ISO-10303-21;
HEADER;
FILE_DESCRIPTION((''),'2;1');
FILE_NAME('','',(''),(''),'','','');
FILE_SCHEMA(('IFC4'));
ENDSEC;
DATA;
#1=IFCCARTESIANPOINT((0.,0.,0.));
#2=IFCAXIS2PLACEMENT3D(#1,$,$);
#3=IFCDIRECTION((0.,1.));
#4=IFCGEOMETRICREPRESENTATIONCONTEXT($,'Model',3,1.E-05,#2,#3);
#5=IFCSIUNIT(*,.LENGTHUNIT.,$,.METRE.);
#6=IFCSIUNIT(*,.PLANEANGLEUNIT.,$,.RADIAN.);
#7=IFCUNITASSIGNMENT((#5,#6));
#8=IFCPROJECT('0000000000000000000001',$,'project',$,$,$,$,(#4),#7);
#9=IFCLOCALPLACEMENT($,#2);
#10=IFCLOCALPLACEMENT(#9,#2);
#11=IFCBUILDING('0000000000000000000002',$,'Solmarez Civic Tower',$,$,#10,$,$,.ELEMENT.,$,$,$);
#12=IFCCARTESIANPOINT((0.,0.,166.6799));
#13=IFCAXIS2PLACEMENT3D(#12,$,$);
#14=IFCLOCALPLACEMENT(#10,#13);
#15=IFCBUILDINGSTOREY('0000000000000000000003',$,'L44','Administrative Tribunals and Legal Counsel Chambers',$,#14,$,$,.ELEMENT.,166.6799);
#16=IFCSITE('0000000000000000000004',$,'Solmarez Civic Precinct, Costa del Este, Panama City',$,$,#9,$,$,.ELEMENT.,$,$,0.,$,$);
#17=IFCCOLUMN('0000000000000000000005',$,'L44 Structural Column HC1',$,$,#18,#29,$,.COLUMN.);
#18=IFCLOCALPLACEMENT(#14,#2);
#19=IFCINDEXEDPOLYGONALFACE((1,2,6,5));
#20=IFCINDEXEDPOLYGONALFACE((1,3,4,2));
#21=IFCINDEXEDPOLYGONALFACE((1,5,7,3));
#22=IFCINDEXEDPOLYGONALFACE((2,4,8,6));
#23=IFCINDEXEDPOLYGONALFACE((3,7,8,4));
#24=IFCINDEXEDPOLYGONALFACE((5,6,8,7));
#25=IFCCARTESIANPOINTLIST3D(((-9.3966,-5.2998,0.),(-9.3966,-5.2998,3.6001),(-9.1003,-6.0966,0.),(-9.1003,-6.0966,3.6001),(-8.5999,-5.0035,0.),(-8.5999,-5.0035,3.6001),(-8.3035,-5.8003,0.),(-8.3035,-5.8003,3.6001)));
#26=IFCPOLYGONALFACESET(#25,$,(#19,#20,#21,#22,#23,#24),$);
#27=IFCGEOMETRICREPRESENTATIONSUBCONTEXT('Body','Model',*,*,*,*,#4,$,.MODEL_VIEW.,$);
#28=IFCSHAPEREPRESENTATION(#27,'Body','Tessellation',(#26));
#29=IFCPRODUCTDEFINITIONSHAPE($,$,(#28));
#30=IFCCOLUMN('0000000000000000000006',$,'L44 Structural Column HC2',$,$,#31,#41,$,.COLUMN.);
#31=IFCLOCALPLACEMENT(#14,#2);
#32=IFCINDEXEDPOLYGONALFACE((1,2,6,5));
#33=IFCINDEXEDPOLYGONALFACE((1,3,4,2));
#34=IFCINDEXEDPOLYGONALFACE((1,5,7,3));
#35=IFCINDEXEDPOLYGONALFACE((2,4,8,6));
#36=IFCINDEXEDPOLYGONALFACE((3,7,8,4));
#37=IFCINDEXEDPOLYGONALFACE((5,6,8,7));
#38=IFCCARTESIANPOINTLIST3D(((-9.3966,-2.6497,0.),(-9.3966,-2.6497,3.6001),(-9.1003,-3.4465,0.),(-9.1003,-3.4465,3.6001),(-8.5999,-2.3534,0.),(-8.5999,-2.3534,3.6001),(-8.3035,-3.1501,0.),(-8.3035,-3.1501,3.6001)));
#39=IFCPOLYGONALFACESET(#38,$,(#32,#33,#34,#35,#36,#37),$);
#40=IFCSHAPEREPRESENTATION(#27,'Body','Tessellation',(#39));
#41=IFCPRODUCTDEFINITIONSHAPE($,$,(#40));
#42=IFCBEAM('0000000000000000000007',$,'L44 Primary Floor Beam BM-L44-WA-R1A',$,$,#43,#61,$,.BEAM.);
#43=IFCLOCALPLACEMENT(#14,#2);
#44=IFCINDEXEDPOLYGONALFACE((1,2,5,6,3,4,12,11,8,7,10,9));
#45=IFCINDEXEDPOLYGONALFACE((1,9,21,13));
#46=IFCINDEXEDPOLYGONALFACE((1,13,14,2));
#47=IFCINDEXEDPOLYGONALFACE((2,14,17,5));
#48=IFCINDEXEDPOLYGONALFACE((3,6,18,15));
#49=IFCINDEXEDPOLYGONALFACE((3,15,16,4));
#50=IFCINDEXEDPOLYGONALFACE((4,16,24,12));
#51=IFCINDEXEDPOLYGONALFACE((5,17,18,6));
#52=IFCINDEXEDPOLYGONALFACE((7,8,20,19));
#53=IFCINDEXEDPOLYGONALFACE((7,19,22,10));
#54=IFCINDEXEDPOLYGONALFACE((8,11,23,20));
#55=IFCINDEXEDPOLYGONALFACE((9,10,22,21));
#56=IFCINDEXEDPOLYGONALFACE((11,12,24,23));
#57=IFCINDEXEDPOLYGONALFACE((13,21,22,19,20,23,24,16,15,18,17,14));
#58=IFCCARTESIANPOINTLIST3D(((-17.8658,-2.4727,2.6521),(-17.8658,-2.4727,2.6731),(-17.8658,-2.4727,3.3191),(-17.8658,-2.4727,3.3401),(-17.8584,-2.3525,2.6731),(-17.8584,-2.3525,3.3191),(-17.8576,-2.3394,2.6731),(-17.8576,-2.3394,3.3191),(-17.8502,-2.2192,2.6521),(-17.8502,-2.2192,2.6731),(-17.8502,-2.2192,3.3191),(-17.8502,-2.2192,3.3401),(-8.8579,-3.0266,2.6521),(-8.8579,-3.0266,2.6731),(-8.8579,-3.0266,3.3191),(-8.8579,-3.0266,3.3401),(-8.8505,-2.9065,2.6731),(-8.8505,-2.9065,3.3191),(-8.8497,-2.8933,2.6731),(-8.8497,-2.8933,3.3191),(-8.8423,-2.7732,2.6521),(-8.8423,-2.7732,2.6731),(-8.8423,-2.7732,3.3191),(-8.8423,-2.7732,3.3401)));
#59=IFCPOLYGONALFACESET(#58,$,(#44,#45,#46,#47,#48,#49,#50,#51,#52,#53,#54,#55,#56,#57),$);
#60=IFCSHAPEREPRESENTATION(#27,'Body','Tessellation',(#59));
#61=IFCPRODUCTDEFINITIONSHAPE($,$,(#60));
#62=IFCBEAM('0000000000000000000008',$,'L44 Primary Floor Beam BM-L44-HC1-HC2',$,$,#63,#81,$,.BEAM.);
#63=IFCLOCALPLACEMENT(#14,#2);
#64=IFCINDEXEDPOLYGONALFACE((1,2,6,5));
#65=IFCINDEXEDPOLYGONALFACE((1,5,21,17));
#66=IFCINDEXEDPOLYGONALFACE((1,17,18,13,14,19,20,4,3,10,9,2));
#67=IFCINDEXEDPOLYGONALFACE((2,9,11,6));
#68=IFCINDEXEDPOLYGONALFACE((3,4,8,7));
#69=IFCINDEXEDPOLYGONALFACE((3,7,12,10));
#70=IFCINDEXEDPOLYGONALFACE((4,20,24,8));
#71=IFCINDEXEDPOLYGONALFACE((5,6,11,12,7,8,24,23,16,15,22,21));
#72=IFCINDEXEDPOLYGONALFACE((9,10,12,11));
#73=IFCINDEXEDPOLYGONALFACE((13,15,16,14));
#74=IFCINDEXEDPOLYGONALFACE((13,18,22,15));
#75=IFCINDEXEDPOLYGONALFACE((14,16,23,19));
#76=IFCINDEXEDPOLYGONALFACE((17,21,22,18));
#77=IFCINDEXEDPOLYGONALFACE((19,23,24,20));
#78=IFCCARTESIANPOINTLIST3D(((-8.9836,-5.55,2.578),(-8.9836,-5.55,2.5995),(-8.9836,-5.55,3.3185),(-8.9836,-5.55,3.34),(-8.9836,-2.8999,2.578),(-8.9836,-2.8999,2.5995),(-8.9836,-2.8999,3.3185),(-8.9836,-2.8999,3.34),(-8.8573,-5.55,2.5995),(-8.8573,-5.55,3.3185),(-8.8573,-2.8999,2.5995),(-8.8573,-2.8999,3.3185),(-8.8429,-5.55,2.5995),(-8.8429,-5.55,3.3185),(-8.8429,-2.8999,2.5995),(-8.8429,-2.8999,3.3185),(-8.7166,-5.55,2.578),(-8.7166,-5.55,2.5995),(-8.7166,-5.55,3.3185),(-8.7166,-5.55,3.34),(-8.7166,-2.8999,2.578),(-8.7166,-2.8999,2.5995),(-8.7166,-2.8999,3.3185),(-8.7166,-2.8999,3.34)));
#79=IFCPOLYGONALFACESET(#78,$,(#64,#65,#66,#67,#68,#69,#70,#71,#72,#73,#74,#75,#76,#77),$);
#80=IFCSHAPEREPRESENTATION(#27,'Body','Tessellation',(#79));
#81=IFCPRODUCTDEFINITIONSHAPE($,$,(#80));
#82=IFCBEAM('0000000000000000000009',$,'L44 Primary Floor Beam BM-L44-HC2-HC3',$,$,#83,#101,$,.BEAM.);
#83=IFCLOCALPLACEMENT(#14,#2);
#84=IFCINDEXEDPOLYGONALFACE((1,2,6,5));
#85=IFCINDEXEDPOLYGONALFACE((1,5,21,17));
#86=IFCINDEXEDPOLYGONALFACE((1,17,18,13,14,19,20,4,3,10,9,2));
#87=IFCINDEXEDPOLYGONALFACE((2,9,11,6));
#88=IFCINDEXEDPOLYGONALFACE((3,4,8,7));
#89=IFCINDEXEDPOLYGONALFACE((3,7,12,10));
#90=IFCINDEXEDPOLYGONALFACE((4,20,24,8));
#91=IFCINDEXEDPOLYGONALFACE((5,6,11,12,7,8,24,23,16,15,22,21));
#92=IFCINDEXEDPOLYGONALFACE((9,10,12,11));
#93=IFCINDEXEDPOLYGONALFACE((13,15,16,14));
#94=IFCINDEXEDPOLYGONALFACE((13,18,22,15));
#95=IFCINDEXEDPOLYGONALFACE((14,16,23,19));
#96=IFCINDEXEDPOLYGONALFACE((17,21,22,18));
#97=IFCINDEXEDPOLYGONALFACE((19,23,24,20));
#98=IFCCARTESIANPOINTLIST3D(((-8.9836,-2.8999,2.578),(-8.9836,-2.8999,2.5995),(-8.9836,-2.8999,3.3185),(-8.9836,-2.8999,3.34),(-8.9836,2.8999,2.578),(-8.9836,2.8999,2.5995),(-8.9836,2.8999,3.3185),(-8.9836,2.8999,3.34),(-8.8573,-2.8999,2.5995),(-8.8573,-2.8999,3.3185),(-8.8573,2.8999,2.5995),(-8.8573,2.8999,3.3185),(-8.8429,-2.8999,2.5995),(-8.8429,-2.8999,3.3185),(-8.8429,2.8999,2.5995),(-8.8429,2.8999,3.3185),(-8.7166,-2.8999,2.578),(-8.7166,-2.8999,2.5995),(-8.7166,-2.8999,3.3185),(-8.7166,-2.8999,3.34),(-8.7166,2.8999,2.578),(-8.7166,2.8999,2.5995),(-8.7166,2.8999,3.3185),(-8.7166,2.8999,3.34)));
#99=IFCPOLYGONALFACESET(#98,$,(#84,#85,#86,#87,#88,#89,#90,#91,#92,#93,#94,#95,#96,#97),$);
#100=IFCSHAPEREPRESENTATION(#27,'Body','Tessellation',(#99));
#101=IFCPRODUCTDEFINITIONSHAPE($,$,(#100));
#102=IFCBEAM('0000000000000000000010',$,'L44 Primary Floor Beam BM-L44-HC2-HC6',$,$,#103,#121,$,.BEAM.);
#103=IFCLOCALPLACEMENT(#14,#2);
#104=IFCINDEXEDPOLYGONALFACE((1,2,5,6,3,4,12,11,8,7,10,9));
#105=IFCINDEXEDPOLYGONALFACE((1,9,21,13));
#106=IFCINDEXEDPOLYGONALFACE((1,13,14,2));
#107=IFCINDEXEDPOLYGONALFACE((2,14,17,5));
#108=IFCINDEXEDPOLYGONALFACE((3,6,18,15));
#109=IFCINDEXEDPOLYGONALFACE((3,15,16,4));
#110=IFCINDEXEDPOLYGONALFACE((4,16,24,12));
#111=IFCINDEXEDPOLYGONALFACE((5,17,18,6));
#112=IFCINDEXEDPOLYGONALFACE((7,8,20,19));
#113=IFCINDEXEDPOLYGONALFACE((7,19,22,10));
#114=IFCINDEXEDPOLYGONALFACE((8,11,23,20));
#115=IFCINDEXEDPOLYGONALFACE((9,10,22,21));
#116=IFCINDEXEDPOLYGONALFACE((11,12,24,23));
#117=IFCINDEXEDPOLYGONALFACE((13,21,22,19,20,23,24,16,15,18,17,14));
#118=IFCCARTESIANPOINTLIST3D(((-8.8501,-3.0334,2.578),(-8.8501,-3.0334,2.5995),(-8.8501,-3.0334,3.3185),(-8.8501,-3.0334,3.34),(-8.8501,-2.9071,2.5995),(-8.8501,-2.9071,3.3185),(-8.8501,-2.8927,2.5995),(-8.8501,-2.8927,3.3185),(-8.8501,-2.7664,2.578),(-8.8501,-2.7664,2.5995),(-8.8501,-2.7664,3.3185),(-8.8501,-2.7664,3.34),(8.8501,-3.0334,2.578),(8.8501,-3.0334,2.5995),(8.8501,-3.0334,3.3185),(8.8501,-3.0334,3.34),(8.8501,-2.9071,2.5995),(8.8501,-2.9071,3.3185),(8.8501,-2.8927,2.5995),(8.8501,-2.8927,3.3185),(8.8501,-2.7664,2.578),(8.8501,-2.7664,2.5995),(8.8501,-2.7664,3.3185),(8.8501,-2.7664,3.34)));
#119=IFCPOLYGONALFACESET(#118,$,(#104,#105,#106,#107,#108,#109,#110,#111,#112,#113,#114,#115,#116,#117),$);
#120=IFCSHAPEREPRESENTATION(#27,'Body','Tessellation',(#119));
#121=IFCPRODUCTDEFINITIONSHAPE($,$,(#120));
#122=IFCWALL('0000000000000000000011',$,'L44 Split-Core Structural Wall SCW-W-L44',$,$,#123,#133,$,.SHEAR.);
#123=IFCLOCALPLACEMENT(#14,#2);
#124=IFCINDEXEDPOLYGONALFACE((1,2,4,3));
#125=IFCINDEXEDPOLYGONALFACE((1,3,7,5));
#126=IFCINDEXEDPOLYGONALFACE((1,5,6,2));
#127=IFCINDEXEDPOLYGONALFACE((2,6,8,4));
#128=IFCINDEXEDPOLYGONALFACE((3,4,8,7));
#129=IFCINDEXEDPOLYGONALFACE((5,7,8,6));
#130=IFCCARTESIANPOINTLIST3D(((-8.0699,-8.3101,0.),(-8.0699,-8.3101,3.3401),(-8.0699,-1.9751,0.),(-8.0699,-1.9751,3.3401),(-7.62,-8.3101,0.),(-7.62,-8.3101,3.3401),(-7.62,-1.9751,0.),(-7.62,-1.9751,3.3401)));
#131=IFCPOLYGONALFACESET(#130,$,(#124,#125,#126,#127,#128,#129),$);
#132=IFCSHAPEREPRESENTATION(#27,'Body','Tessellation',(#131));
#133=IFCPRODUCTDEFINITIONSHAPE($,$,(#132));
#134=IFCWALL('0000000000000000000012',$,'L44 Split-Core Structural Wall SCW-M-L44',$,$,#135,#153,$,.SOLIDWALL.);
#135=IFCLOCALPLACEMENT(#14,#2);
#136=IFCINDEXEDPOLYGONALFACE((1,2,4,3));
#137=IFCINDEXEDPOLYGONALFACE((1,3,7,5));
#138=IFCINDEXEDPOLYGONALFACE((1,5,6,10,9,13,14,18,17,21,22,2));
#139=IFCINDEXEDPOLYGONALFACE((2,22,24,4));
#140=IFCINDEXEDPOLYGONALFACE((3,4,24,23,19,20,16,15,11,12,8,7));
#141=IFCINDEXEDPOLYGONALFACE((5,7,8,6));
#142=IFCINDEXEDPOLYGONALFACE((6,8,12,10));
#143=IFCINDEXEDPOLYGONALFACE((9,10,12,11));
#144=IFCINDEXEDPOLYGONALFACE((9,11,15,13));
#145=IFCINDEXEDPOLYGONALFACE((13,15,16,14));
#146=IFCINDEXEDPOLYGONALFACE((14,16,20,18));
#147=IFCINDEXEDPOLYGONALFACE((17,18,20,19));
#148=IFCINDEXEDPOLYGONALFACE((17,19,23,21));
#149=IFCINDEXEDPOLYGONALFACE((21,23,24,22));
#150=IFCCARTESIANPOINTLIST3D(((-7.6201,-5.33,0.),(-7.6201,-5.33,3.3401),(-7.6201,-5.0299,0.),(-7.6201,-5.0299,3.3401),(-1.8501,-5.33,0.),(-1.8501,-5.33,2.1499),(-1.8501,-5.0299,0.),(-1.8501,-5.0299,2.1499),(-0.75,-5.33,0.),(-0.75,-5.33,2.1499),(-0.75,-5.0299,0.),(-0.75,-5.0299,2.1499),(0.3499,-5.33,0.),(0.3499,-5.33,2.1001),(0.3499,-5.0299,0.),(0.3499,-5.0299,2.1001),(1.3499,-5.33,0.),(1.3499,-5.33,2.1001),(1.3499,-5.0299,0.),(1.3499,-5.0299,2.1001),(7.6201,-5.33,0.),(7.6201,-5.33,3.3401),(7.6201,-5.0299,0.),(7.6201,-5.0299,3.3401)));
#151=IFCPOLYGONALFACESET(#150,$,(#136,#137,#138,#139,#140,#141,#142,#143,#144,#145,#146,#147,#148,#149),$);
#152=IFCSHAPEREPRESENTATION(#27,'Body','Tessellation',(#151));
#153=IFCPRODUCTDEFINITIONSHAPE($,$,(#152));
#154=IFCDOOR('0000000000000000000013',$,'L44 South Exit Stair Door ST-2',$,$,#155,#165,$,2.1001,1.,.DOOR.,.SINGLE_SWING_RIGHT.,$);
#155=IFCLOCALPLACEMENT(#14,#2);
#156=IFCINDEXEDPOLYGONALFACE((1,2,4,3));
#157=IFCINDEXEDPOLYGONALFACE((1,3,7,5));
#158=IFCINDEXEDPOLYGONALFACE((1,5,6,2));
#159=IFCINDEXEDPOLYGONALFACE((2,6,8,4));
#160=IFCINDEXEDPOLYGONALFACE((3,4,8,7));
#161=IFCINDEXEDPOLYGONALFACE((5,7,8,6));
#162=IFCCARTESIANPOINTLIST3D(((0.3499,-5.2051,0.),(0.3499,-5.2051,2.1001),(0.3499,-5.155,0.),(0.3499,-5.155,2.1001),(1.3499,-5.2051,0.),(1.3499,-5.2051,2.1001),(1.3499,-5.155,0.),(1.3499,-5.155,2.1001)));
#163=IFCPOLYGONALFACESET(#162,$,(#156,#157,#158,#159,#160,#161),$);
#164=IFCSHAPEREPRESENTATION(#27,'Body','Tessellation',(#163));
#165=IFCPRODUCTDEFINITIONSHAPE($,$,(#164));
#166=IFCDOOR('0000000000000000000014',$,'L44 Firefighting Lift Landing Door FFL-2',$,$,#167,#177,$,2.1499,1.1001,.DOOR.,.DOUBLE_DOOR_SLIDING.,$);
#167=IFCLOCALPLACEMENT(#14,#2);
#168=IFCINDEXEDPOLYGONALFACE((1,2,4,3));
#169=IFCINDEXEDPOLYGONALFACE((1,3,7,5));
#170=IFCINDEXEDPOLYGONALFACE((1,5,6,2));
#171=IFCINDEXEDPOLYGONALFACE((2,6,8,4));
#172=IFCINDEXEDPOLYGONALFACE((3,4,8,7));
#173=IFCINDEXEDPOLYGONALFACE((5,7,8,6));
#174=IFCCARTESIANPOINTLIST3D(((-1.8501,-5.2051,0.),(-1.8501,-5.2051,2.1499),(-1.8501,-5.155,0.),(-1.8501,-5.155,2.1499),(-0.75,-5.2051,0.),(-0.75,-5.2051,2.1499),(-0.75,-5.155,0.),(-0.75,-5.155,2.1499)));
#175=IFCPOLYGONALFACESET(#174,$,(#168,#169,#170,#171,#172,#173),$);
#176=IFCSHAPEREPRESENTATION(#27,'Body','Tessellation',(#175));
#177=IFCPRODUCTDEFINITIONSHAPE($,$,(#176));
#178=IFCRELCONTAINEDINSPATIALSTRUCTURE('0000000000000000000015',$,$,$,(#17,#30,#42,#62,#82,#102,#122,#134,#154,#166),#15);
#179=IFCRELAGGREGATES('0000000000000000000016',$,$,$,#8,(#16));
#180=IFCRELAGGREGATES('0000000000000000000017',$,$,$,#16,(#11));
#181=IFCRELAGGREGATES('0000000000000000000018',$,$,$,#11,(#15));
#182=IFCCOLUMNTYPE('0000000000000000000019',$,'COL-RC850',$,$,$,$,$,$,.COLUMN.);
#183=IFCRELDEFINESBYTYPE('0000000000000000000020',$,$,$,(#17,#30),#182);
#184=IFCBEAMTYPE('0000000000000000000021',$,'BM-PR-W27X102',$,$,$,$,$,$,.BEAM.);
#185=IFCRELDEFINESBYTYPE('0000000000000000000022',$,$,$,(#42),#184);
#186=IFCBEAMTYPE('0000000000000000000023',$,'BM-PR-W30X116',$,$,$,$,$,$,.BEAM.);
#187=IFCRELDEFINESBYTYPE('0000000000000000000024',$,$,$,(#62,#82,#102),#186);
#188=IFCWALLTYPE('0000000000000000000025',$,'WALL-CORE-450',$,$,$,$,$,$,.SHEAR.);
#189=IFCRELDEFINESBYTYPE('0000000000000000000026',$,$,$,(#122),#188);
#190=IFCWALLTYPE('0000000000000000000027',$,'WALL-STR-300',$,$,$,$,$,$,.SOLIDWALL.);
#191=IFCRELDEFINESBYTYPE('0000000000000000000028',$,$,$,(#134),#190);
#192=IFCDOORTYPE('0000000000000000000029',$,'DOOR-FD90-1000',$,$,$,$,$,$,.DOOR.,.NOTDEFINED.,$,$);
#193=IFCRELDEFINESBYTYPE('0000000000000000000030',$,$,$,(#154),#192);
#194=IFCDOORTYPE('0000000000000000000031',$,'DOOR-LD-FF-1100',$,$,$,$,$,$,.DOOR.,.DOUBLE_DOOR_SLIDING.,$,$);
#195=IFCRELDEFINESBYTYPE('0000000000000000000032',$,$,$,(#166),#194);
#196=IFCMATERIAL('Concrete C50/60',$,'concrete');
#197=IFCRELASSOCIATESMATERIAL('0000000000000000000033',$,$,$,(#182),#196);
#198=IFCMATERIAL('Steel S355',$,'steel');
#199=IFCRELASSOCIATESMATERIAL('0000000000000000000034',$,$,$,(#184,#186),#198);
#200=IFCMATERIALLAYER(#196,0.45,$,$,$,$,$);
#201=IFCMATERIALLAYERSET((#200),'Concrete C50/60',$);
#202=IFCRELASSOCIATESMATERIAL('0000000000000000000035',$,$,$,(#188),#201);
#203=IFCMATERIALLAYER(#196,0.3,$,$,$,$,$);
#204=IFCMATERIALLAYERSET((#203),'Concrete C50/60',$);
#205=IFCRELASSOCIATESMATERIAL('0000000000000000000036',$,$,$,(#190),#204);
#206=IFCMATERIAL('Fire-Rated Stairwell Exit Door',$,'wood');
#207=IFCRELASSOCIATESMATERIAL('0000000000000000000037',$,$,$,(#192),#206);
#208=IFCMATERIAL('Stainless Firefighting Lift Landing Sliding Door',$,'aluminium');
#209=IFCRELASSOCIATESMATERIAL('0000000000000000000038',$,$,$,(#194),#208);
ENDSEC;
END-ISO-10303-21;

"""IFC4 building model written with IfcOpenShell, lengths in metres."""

from ifc_helpers import new_model, si_unit, direction, frame, frame_2d, origin, origin_2d, place, context, subcontext, project, spatial, rectangle, i_section, extrude, material, layer, layer_set, material_profile, profile_set, type_object, element, fill, save


model = new_model("IFC4")

# Units and contexts
model_context = context("Model", 3, precision=1e-05, world=origin(), true_north=direction((0.0, 1.0)))
body_context = subcontext(model_context, "Body", "Model", "MODEL_VIEW")
ifc_project = project(units=[si_unit("LENGTHUNIT", "METRE"), si_unit("PLANEANGLEUNIT", "RADIAN")], contexts=[model_context])

# Site, building, storey
site_placement = place(None, origin())
site = spatial("IfcSite", under=ifc_project, at=site_placement, Name="Solmarez Civic Precinct, Costa del Este, Panama City", CompositionType="ELEMENT", RefElevation=0.0)
building_placement = place(site_placement, origin())
building = spatial("IfcBuilding", under=site, at=building_placement, Name="Solmarez Civic Tower", CompositionType="ELEMENT")
storey_placement = place(building_placement, frame((0.0, 0.0, 166.6799)))
storey = spatial("IfcBuildingStorey", under=building, at=storey_placement, Name="L44", Description="Administrative Tribunals and Legal Counsel Chambers", CompositionType="ELEMENT", Elevation=166.6799)

# Columns
ifc_material_1 = material(Name="Concrete C50/60", Category="concrete")
ifc_material_profile_1 = material_profile(ifc_material_1, rectangle(XDim=0.8501, YDim=0.8501, at=origin_2d()), Name="RC850X850")
ifc_profile_set_1 = profile_set([ifc_material_profile_1], Name="Concrete C50/60")
column_type = type_object("IfcColumnType", Name="COL-RC850", PredefinedType="COLUMN", material=ifc_profile_set_1)
for number, where, z_axis, x_axis, name in (
    (1, (-8.8501, -5.55, 0.0), (0.0, 0.0, 1.0), (0.937282, 0.348572, 0.0), "L44 Structural Column HC1"),
    (2, (-8.8501, -2.8999, 0.0), (0.0, 0.0, 1.0), (0.937282, 0.348572, 0.0), "L44 Structural Column HC2"),
):
    element("IfcColumn", number, at=place(storey_placement, frame(where, z_axis=z_axis, x_axis=x_axis)), inside=storey, type_object=column_type, Name=name, PredefinedType="COLUMN", context=body_context, shape_type="SweptSolid", body=[
        extrude(rectangle(XDim=0.8501, YDim=0.8501, at=origin_2d()), origin(), (0.0, 0.0, 1.0), 3.6001),
    ])

# Beams
ifc_material_2 = material(Name="Steel S355", Category="steel")
ifc_material_profile_2 = material_profile(ifc_material_2, i_section(OverallWidth=0.2539, OverallDepth=0.688, WebThickness=0.0132, FlangeThickness=0.021, at=origin_2d()), Name="W27X102")
ifc_profile_set_2 = profile_set([ifc_material_profile_2], Name="Steel S355")
beam_type_1 = type_object("IfcBeamType", Name="BM-PR-W27X102", PredefinedType="BEAM", material=ifc_profile_set_2)
beam_1_placement = place(storey_placement, frame((-8.8501, -2.8999, 2.9961), z_axis=(-0.998114, 0.061381, 0.0), x_axis=(-0.061381, -0.998114, 0.0)))
element("IfcBeam", 3, at=beam_1_placement, inside=storey, type_object=beam_type_1, Name="L44 Primary Floor Beam BM-L44-WA-R1A", PredefinedType="BEAM", context=body_context, shape_type="SweptSolid", body=[
    extrude(i_section(OverallWidth=0.2539, OverallDepth=0.688, WebThickness=0.0132, FlangeThickness=0.021, at=origin_2d()), origin(), (0.0, 0.0, 1.0), 9.0249),
])
ifc_material_profile_3 = material_profile(ifc_material_2, i_section(OverallWidth=0.2671, OverallDepth=0.762, WebThickness=0.0144, FlangeThickness=0.0215, at=origin_2d()), Name="W30X116")
ifc_profile_set_3 = profile_set([ifc_material_profile_3], Name="Steel S355")
beam_type_2 = type_object("IfcBeamType", Name="BM-PR-W30X116", PredefinedType="BEAM", material=ifc_profile_set_3)
beam_2_placement = place(storey_placement, frame((-8.8501, -5.55, 2.959), z_axis=(0.0, 1.0, 0.0), x_axis=(-1.0, 0.0, 0.0)))
element("IfcBeam", 4, at=beam_2_placement, inside=storey, type_object=beam_type_2, Name="L44 Primary Floor Beam BM-L44-HC1-HC2", PredefinedType="BEAM", context=body_context, shape_type="SweptSolid", body=[
    extrude(i_section(OverallWidth=0.2671, OverallDepth=0.762, WebThickness=0.0144, FlangeThickness=0.0215, at=origin_2d()), origin(), (0.0, 0.0, 1.0), 2.6501),
])
beam_3_placement = place(storey_placement, frame((-8.8501, -2.8999, 2.959), z_axis=(0.0, 1.0, 0.0), x_axis=(-1.0, 0.0, 0.0)))
element("IfcBeam", 5, at=beam_3_placement, inside=storey, type_object=beam_type_2, Name="L44 Primary Floor Beam BM-L44-HC2-HC3", PredefinedType="BEAM", context=body_context, shape_type="SweptSolid", body=[
    extrude(i_section(OverallWidth=0.2671, OverallDepth=0.762, WebThickness=0.0144, FlangeThickness=0.0215, at=origin_2d()), origin(), (0.0, 0.0, 1.0), 5.7998),
])
beam_4_placement = place(storey_placement, frame((-8.8501, -2.8999, 2.959), z_axis=(1.0, 0.0, 0.0), x_axis=(0.0, 1.0, 0.0)))
element("IfcBeam", 6, at=beam_4_placement, inside=storey, type_object=beam_type_2, Name="L44 Primary Floor Beam BM-L44-HC2-HC6", PredefinedType="BEAM", context=body_context, shape_type="SweptSolid", body=[
    extrude(i_section(OverallWidth=0.2671, OverallDepth=0.762, WebThickness=0.0144, FlangeThickness=0.0215, at=origin_2d()), origin(), (0.0, 0.0, 1.0), 17.7002),
])

# Shared definitions
ifc_layer_1 = layer(ifc_material_1, 0.45)
ifc_layer_set_1 = layer_set([ifc_layer_1], Name="Concrete C50/60")
wall_type_1 = type_object("IfcWallType", Name="WALL-CORE-450", PredefinedType="SHEAR", material=ifc_layer_set_1)

# Wall
wall_1_placement = place(storey_placement, frame((-7.845, -8.3101, 0.0), z_axis=(0.0, 0.0, 1.0), x_axis=(0.0, 1.0, 0.0)))
element("IfcWall", 7, at=wall_1_placement, inside=storey, type_object=wall_type_1, Name="L44 Split-Core Structural Wall SCW-W-L44", PredefinedType="SHEAR", context=body_context, shape_type="SweptSolid", body=[
    extrude(rectangle(XDim=6.335, YDim=0.45, at=frame_2d((3.1675, 0.0))), origin(), (0.0, 0.0, 1.0), 3.3401),
])

# Wall, openings, doors
ifc_layer_2 = layer(ifc_material_1, 0.3)
ifc_layer_set_2 = layer_set([ifc_layer_2], Name="Concrete C50/60")
wall_type_2 = type_object("IfcWallType", Name="WALL-STR-300", PredefinedType="SOLIDWALL", material=ifc_layer_set_2)
wall_2_placement = place(storey_placement, frame((-7.6201, -5.1799, 0.0), z_axis=(0.0, 0.0, 1.0), x_axis=(1.0, 0.0, 0.0)))
wall_2 = element("IfcWall", 8, at=wall_2_placement, inside=storey, type_object=wall_type_2, Name="L44 Split-Core Structural Wall SCW-M-L44", PredefinedType="SOLIDWALL", context=body_context, shape_type="SweptSolid", body=[
    extrude(rectangle(XDim=15.2402, YDim=0.3, at=frame_2d((7.6201, 0.0))), origin(), (0.0, 0.0, 1.0), 3.3401),
])
opening_1_placement = place(wall_2_placement, frame((5.77, 0.0, 0.0)))
opening_1 = element("IfcOpeningElement", 9, at=opening_1_placement, cuts=wall_2, PredefinedType="OPENING", context=body_context, shape_type="SweptSolid", body=[
    extrude(rectangle(XDim=1.1001, YDim=2.1499, at=frame_2d((0.55, 1.075))), frame((0.0, 0.1599, 0.0), z_axis=(0.0, -1.0, 0.0), x_axis=(1.0, 0.0, 0.0)), (0.0, 0.0, 1.0), 0.3201),
])
opening_2_placement = place(wall_2_placement, frame((7.97, 0.0, 0.0)))
opening_2 = element("IfcOpeningElement", 10, at=opening_2_placement, cuts=wall_2, PredefinedType="OPENING", context=body_context, shape_type="SweptSolid", body=[
    extrude(rectangle(XDim=1.0, YDim=2.1001, at=frame_2d((0.5, 1.05))), frame((0.0, 0.1599, 0.0), z_axis=(0.0, -1.0, 0.0), x_axis=(1.0, 0.0, 0.0)), (0.0, 0.0, 1.0), 0.3201),
])
ifc_material_3 = material(Name="Fire-Rated Stairwell Exit Door", Category="wood")
door_type_1 = type_object("IfcDoorType", Name="DOOR-FD90-1000", OperationType="NOTDEFINED", PredefinedType="DOOR", material=ifc_material_3)
door_1_placement = place(opening_2_placement, origin())
door_1 = element("IfcDoor", 11, at=door_1_placement, inside=storey, type_object=door_type_1, Name="L44 South Exit Stair Door ST-2", OperationType="SINGLE_SWING_RIGHT", OverallHeight=2.1001, OverallWidth=1.0, PredefinedType="DOOR", context=body_context, shape_type="SweptSolid", body=[
    extrude(rectangle(XDim=1.0, YDim=2.1001, at=frame_2d((0.5, 1.05))), frame((0.0, 0.0249, 0.0), z_axis=(0.0, -1.0, 0.0), x_axis=(1.0, 0.0, 0.0)), (0.0, 0.0, 1.0), 0.05),
])
fill(opening_2, door_1)
ifc_material_4 = material(Name="Stainless Firefighting Lift Landing Sliding Door", Category="aluminium")
door_type_2 = type_object("IfcDoorType", Name="DOOR-LD-FF-1100", OperationType="DOUBLE_DOOR_SLIDING", PredefinedType="DOOR", material=ifc_material_4)
door_2_placement = place(opening_1_placement, origin())
door_2 = element("IfcDoor", 12, at=door_2_placement, inside=storey, type_object=door_type_2, Name="L44 Firefighting Lift Landing Door FFL-2", OperationType="DOUBLE_DOOR_SLIDING", OverallHeight=2.1499, OverallWidth=1.1001, PredefinedType="DOOR", context=body_context, shape_type="SweptSolid", body=[
    extrude(rectangle(XDim=1.1001, YDim=2.1499, at=frame_2d((0.55, 1.075))), frame((0.0, 0.0249, 0.0), z_axis=(0.0, -1.0, 0.0), x_axis=(1.0, 0.0, 0.0)), (0.0, 0.0, 1.0), 0.05),
])
fill(opening_1, door_2)

save(model, "model.ifc")
